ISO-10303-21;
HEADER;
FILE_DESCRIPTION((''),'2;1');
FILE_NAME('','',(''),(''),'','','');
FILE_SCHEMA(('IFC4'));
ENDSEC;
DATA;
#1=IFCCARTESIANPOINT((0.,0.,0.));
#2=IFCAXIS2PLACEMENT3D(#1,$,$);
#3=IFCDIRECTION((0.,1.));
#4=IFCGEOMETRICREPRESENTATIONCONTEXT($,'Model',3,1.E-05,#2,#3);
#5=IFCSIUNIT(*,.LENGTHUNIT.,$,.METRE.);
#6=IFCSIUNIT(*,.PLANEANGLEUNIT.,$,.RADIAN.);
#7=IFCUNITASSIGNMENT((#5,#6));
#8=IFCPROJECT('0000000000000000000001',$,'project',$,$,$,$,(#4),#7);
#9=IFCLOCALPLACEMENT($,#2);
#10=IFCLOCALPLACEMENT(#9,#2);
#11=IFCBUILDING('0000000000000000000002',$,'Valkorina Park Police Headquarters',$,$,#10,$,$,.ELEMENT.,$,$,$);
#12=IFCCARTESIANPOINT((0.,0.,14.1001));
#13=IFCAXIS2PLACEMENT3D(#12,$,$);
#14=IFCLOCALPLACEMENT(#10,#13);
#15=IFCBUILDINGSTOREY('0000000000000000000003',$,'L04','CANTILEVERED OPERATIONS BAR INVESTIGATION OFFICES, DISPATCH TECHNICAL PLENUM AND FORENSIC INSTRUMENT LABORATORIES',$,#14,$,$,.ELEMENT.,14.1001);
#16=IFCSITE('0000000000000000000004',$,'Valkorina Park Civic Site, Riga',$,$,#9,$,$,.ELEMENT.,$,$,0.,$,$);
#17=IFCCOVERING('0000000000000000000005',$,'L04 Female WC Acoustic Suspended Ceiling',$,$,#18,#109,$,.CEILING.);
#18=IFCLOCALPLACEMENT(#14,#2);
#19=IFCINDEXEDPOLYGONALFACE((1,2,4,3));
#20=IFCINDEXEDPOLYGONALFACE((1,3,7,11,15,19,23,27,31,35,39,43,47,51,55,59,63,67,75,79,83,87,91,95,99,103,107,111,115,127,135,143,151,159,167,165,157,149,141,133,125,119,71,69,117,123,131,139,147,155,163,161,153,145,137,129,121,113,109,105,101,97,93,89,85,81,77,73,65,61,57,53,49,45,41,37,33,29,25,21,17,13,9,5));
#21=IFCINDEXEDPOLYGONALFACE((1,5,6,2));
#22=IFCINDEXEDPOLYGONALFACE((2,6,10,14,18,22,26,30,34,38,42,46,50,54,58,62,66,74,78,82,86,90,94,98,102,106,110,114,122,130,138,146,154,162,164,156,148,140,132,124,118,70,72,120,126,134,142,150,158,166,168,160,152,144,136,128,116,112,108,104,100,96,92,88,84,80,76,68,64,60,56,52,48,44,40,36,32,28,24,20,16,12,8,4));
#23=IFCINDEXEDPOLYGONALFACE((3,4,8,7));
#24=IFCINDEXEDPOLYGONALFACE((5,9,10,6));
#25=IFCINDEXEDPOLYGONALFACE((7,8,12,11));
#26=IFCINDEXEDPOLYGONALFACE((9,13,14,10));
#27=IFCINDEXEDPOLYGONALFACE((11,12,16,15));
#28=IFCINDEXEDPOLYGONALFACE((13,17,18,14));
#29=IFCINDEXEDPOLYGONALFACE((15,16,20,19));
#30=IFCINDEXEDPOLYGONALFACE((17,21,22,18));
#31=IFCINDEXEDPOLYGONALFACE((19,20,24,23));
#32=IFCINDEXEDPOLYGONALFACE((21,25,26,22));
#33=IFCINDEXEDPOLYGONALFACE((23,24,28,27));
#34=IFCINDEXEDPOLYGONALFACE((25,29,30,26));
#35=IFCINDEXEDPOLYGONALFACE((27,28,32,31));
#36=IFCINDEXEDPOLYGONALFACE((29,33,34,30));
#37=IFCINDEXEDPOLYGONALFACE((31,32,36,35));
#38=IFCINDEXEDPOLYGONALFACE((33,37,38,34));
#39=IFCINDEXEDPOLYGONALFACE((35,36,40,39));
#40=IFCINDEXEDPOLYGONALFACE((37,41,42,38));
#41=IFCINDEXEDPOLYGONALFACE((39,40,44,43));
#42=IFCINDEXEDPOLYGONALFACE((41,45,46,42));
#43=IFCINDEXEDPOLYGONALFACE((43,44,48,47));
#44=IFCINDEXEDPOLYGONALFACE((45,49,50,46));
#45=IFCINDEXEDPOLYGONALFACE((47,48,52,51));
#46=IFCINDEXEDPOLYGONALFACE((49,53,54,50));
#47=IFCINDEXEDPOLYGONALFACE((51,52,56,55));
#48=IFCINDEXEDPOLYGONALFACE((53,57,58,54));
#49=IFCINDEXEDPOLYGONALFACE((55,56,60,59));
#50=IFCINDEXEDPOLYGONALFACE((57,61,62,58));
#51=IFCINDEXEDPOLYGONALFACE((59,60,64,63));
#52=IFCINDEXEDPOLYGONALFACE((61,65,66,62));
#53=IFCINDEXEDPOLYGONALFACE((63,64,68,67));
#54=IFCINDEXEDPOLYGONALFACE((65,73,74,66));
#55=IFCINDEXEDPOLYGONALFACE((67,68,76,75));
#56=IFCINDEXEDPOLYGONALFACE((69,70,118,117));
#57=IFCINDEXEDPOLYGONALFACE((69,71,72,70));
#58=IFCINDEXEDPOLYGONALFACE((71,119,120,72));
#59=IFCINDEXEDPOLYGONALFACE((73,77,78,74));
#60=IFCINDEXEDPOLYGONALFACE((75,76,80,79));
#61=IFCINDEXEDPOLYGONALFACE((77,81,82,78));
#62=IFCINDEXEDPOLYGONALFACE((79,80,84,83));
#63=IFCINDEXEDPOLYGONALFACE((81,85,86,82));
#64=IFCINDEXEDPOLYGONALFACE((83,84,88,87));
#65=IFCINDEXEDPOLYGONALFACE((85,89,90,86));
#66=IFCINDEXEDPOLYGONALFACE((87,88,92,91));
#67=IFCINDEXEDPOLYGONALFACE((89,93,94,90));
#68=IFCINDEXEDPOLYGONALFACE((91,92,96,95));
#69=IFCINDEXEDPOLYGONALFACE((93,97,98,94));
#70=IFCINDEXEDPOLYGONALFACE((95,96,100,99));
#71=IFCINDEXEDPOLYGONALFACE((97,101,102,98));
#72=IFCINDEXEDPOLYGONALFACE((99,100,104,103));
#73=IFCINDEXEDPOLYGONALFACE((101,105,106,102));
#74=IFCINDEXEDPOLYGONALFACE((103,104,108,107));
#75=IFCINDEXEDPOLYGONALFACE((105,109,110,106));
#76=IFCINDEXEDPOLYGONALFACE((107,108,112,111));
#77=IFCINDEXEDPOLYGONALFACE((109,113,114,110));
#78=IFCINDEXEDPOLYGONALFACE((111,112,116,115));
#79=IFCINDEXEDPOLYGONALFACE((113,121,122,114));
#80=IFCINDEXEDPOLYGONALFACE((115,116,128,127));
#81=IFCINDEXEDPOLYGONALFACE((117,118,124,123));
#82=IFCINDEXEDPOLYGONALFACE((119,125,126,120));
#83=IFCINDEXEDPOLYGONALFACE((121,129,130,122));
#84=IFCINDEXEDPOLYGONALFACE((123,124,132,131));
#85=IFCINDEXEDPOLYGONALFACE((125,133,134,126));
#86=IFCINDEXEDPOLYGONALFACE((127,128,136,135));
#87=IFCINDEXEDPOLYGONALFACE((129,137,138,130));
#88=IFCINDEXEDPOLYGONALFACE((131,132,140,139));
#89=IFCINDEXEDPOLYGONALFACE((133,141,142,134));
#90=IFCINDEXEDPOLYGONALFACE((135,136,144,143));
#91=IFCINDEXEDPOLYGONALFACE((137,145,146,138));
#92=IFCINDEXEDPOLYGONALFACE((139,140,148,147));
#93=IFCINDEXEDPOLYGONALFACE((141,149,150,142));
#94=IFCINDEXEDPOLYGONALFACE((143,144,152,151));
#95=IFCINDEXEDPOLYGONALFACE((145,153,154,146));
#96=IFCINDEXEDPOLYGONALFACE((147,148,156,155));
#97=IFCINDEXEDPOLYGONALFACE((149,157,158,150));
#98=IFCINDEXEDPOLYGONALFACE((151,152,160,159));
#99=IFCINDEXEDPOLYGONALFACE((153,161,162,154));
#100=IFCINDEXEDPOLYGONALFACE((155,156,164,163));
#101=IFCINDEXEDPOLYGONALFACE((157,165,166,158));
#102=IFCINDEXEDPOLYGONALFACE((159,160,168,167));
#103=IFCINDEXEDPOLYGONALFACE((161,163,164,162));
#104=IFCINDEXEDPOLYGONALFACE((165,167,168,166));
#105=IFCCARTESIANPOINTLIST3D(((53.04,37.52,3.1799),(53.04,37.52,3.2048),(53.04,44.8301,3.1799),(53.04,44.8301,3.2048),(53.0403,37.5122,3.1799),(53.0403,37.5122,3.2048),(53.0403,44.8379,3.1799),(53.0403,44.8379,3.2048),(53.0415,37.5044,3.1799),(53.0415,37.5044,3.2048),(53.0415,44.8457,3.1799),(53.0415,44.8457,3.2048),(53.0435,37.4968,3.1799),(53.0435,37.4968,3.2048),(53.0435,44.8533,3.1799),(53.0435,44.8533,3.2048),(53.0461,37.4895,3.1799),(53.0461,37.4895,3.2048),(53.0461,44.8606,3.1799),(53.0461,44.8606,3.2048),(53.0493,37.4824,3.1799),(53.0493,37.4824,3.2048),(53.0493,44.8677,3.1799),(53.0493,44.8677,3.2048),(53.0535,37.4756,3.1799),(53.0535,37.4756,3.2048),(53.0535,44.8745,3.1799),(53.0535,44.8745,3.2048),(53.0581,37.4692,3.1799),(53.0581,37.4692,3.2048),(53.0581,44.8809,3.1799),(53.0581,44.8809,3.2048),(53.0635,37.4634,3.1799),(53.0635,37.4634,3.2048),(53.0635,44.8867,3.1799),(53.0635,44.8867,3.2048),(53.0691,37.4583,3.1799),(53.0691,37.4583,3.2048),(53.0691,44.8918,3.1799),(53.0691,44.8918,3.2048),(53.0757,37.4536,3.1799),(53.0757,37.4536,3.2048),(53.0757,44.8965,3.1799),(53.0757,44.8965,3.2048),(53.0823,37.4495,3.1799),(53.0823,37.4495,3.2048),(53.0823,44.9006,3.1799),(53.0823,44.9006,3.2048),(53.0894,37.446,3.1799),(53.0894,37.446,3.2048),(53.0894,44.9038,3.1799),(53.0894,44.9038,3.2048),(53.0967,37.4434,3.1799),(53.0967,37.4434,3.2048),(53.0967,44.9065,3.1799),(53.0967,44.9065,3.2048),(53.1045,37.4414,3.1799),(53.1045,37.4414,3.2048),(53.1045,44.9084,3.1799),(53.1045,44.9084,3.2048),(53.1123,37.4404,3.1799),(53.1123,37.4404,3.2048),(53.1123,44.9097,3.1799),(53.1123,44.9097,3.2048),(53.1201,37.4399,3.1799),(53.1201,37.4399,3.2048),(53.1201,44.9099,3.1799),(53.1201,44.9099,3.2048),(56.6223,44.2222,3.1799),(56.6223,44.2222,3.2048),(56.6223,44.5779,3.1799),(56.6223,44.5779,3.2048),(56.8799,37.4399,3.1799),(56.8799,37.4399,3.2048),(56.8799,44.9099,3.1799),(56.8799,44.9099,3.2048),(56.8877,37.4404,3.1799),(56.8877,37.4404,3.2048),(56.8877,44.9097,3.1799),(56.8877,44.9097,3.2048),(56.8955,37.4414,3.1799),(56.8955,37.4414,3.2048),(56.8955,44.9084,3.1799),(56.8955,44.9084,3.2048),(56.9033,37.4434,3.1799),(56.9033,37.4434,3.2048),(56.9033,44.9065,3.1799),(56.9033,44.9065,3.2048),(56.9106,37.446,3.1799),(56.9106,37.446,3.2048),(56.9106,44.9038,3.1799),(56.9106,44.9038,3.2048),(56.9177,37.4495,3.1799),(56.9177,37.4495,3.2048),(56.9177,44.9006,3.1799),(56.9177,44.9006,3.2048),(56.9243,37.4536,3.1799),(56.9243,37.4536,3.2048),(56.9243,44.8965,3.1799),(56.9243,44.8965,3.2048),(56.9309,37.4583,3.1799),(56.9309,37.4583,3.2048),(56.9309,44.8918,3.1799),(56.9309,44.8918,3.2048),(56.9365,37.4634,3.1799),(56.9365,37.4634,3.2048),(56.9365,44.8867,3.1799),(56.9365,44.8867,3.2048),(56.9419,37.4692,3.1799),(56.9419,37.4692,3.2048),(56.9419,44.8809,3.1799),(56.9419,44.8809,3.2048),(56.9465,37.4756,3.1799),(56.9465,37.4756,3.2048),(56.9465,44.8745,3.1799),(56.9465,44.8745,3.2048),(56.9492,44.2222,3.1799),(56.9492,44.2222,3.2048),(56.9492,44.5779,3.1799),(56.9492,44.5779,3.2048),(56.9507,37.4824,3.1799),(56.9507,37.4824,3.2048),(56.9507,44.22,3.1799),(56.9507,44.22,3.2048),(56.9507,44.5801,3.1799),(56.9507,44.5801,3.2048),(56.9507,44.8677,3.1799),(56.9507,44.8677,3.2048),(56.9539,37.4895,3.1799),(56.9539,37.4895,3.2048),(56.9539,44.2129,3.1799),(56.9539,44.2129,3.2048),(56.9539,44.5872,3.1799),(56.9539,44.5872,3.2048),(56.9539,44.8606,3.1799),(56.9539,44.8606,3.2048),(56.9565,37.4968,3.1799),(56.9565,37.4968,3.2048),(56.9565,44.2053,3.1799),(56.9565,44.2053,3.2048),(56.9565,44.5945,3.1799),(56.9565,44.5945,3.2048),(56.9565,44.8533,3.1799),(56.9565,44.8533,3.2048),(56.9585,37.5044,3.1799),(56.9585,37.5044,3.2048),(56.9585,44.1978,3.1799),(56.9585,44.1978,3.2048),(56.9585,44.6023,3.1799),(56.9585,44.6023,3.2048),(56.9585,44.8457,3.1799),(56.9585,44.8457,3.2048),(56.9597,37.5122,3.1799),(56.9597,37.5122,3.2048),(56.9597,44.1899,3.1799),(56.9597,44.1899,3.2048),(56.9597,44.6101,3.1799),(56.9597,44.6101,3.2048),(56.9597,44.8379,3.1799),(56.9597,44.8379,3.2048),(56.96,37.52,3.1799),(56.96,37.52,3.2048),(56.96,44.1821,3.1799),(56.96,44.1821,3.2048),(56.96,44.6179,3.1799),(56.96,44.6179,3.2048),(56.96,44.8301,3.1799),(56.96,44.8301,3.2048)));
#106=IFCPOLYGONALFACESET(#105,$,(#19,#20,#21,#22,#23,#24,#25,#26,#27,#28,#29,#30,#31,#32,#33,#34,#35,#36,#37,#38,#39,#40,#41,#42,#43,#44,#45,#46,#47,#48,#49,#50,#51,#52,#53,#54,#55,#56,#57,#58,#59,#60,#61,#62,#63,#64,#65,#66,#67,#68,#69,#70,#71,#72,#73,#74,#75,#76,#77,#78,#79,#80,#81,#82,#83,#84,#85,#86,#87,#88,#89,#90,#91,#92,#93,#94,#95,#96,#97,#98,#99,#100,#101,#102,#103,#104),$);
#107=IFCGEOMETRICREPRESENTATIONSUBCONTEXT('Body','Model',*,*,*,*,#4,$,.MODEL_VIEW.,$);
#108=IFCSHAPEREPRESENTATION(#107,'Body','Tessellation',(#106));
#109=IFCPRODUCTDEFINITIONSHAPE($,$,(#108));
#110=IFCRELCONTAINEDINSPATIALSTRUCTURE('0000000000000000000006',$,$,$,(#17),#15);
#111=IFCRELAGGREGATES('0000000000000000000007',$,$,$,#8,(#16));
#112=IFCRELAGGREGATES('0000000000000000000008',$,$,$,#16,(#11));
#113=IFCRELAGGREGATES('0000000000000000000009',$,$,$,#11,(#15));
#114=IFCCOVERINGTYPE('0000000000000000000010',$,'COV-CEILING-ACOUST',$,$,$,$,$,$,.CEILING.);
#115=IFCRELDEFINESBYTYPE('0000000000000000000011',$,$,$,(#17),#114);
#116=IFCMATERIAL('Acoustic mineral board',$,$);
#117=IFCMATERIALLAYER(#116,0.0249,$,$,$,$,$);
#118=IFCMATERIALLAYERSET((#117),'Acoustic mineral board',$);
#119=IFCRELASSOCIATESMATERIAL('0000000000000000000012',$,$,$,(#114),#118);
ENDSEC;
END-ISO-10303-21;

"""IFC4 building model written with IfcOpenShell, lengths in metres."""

from ifc_helpers import new_model, si_unit, direction, frame, origin, place, context, subcontext, project, spatial, polyline, outline, extrude, material, layer, layer_set, type_object, element, save


model = new_model("IFC4")

# Units and contexts
model_context = context("Model", 3, precision=1e-05, world=origin(), true_north=direction((0.0, 1.0)))
body_context = subcontext(model_context, "Body", "Model", "MODEL_VIEW")
ifc_project = project(units=[si_unit("LENGTHUNIT", "METRE"), si_unit("PLANEANGLEUNIT", "RADIAN")], contexts=[model_context])

# Site, building, storey
site_placement = place(None, origin())
site = spatial("IfcSite", under=ifc_project, at=site_placement, Name="Valkorina Park Civic Site, Riga", CompositionType="ELEMENT", RefElevation=0.0)
building_placement = place(site_placement, origin())
building = spatial("IfcBuilding", under=site, at=building_placement, Name="Valkorina Park Police Headquarters", CompositionType="ELEMENT")
storey_placement = place(building_placement, frame((0.0, 0.0, 14.1001)))
storey = spatial("IfcBuildingStorey", under=building, at=storey_placement, Name="L04", Description="CANTILEVERED OPERATIONS BAR INVESTIGATION OFFICES, DISPATCH TECHNICAL PLENUM AND FORENSIC INSTRUMENT LABORATORIES", CompositionType="ELEMENT", Elevation=14.1001)

# Covering
ifc_material_1 = material(Name="Acoustic mineral board")
ifc_layer_1 = layer(ifc_material_1, 0.0249)
ifc_layer_set_1 = layer_set([ifc_layer_1], Name="Acoustic mineral board")
covering_type_1 = type_object("IfcCoveringType", Name="COV-CEILING-ACOUST", PredefinedType="CEILING", material=ifc_layer_set_1)
covering_1_placement = place(storey_placement, frame((0.0, 0.0, 3.1799)))
element("IfcCovering", 1, at=covering_1_placement, inside=storey, type_object=covering_type_1, Name="L04 Female WC Acoustic Suspended Ceiling", PredefinedType="CEILING", context=body_context, shape_type="SweptSolid", body=[
    extrude(outline(polyline([(56.9585, 44.6023), (56.9597, 44.6101), (56.96, 44.6179), (56.96, 44.8301), (56.9597, 44.8379), (56.9585, 44.8457), (56.9565, 44.8533), (56.9539, 44.8606), (56.9507, 44.8677), (56.9465, 44.8745), (56.9419, 44.8809), (56.9365, 44.8867), (56.9309, 44.8918), (56.9243, 44.8965), (56.9177, 44.9006), (56.9106, 44.9038), (56.9033, 44.9065), (56.8955, 44.9084), (56.8877, 44.9097), (56.8799, 44.9099), (53.1201, 44.9099), (53.1123, 44.9097), (53.1045, 44.9084), (53.0967, 44.9065), (53.0894, 44.9038), (53.0823, 44.9006), (53.0757, 44.8965), (53.0691, 44.8918), (53.0635, 44.8867), (53.0581, 44.8809), (53.0535, 44.8745), (53.0493, 44.8677), (53.0461, 44.8606), (53.0435, 44.8533), (53.0415, 44.8457), (53.0403, 44.8379), (53.04, 44.8301), (53.04, 37.52), (53.0403, 37.5122), (53.0415, 37.5044), (53.0435, 37.4968), (53.0461, 37.4895), (53.0493, 37.4824), (53.0535, 37.4756), (53.0581, 37.4692), (53.0635, 37.4634), (53.0691, 37.4583), (53.0757, 37.4536), (53.0823, 37.4495), (53.0894, 37.446), (53.0967, 37.4434), (53.1045, 37.4414), (53.1123, 37.4404), (53.1201, 37.4399), (56.8799, 37.4399), (56.8877, 37.4404), (56.8955, 37.4414), (56.9033, 37.4434), (56.9106, 37.446), (56.9177, 37.4495), (56.9243, 37.4536), (56.9309, 37.4583), (56.9365, 37.4634), (56.9419, 37.4692), (56.9465, 37.4756), (56.9507, 37.4824), (56.9539, 37.4895), (56.9565, 37.4968), (56.9585, 37.5044), (56.9597, 37.5122), (56.96, 37.52), (56.96, 44.1821), (56.9597, 44.1899), (56.9585, 44.1978), (56.9565, 44.2053), (56.9539, 44.2129), (56.9507, 44.22), (56.9492, 44.2222), (56.6223, 44.2222), (56.6223, 44.5779), (56.9492, 44.5779), (56.9507, 44.5801), (56.9539, 44.5872), (56.9565, 44.5945), (56.9585, 44.6023)])), origin(), (0.0, 0.0, 1.0), 0.0249),
])

save(model, "model.ifc")
